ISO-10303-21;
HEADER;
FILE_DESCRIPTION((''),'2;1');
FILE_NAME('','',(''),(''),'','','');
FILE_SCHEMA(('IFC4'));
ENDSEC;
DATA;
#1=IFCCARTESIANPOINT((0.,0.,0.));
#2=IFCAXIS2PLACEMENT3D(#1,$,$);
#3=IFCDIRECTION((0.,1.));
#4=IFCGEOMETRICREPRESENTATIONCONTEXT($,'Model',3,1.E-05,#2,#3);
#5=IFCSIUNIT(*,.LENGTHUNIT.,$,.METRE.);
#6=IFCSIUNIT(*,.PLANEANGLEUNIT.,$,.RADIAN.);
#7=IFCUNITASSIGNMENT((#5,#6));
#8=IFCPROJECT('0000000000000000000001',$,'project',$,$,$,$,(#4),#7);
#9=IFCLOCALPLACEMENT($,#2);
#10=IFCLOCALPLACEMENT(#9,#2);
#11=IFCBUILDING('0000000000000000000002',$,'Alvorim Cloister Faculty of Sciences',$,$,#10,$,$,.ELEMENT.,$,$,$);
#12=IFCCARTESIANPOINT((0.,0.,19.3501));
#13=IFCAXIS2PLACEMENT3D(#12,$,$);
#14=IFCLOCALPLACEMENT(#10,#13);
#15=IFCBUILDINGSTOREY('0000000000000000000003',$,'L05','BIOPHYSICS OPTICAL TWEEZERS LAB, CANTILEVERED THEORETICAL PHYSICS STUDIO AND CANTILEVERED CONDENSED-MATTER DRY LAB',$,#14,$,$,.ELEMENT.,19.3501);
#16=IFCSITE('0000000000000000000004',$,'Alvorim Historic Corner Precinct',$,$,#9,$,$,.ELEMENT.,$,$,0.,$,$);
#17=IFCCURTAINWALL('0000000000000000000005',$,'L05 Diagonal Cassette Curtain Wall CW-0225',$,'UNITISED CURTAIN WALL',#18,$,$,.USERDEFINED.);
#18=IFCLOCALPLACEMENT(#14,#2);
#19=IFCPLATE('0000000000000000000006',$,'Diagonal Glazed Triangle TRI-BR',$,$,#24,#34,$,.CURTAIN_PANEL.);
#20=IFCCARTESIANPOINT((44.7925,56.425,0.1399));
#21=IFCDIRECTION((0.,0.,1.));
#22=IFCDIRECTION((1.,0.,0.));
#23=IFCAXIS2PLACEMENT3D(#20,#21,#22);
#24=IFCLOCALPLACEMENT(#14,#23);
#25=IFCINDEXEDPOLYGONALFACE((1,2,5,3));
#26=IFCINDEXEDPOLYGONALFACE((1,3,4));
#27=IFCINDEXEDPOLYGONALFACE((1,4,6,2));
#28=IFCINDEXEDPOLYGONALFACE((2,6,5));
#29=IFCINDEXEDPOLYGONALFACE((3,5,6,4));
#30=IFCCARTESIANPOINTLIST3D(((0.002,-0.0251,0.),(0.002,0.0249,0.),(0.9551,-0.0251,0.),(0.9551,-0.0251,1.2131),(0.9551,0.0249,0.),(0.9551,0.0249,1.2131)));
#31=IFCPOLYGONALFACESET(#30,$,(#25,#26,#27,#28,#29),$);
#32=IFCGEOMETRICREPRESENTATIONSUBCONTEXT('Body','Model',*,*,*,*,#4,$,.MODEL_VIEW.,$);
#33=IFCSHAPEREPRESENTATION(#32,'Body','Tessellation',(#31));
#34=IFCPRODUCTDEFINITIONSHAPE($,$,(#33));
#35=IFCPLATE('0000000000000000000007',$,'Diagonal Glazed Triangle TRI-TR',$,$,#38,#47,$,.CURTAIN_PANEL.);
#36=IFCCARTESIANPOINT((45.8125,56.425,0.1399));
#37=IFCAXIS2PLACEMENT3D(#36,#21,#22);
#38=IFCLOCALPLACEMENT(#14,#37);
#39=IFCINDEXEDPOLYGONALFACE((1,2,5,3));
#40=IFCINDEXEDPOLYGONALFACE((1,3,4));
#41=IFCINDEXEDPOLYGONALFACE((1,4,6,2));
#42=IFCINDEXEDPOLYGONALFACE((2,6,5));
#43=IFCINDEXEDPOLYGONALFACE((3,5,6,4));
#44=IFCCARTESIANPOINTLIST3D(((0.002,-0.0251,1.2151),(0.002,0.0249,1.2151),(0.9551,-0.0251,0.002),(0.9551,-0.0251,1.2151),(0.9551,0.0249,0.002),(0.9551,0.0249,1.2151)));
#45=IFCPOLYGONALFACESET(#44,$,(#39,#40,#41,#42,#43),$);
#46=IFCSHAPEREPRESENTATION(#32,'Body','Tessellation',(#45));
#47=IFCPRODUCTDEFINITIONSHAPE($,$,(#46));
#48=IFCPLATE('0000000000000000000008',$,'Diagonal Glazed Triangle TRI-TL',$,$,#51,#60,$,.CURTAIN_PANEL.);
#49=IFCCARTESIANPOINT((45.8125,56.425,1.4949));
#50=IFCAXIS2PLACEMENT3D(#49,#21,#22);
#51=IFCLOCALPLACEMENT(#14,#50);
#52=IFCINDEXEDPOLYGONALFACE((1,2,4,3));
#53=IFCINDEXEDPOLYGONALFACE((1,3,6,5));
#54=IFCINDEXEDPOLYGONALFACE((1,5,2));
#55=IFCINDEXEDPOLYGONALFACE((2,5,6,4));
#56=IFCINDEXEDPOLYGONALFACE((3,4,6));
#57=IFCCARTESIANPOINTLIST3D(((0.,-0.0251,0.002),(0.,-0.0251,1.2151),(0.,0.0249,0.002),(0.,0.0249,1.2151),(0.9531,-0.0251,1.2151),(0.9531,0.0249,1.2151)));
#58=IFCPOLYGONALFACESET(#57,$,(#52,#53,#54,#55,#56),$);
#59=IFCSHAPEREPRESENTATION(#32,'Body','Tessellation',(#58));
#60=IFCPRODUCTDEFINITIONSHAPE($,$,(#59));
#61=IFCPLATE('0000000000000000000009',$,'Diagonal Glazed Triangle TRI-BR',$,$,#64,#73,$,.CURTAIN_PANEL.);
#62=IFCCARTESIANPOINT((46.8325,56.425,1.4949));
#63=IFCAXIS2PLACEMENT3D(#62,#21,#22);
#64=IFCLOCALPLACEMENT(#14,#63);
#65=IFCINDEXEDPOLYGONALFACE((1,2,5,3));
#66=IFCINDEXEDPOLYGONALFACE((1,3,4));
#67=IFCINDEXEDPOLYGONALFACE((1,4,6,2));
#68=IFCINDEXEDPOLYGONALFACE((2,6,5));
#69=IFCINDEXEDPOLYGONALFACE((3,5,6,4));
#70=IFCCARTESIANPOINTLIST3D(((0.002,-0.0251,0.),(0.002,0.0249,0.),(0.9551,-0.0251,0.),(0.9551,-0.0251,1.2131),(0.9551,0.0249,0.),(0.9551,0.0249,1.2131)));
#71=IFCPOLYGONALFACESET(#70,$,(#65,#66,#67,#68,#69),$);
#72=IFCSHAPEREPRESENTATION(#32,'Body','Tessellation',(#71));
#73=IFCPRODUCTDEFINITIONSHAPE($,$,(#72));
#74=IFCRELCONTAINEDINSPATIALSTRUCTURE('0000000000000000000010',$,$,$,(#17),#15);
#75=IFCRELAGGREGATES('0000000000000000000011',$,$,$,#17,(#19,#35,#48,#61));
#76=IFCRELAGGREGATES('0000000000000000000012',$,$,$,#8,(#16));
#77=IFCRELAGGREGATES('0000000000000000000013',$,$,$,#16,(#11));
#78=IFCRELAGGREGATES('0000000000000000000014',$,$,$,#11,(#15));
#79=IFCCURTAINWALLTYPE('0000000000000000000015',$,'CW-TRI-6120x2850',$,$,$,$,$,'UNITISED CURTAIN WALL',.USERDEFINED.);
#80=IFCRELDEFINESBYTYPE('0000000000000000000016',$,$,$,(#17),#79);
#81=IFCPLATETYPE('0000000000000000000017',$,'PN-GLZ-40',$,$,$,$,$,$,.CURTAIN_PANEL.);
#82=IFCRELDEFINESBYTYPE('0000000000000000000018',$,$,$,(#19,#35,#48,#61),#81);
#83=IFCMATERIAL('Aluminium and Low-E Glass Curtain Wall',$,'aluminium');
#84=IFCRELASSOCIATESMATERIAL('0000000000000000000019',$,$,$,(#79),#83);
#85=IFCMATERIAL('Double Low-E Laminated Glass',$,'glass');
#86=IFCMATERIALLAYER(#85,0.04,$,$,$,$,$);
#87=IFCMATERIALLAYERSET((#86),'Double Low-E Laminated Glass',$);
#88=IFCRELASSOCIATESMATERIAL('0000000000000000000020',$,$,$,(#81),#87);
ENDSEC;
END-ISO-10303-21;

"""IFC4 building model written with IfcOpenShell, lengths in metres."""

from ifc_helpers import new_model, si_unit, direction, frame, origin, place, context, subcontext, project, spatial, polyline, outline, extrude, material, layer, layer_set, type_object, element, aggregate, save


model = new_model("IFC4")

# Units and contexts
model_context = context("Model", 3, precision=1e-05, world=origin(), true_north=direction((0.0, 1.0)))
body_context = subcontext(model_context, "Body", "Model", "MODEL_VIEW")
ifc_project = project(units=[si_unit("LENGTHUNIT", "METRE"), si_unit("PLANEANGLEUNIT", "RADIAN")], contexts=[model_context])

# Site, building, storey
site_placement = place(None, origin())
site = spatial("IfcSite", under=ifc_project, at=site_placement, Name="Alvorim Historic Corner Precinct", CompositionType="ELEMENT", RefElevation=0.0)
building_placement = place(site_placement, origin())
building = spatial("IfcBuilding", under=site, at=building_placement, Name="Alvorim Cloister Faculty of Sciences", CompositionType="ELEMENT")
storey_placement = place(building_placement, frame((0.0, 0.0, 19.3501)))
storey = spatial("IfcBuildingStorey", under=building, at=storey_placement, Name="L05", Description="BIOPHYSICS OPTICAL TWEEZERS LAB, CANTILEVERED THEORETICAL PHYSICS STUDIO AND CANTILEVERED CONDENSED-MATTER DRY LAB", CompositionType="ELEMENT", Elevation=19.3501)

# Curtain wall, plates
ifc_material_1 = material(Name="Aluminium and Low-E Glass Curtain Wall", Category="aluminium")
curtain_wall_type = type_object("IfcCurtainWallType", Name="CW-TRI-6120x2850", ElementType="UNITISED CURTAIN WALL", PredefinedType="USERDEFINED", material=ifc_material_1)
curtain_wall_placement = place(storey_placement, origin())
curtain_wall = element("IfcCurtainWall", 1, at=curtain_wall_placement, inside=storey, type_object=curtain_wall_type, Name="L05 Diagonal Cassette Curtain Wall CW-0225", ObjectType="UNITISED CURTAIN WALL", PredefinedType="USERDEFINED")
ifc_material_2 = material(Name="Double Low-E Laminated Glass", Category="glass")
ifc_layer = layer(ifc_material_2, 0.04)
ifc_layer_set = layer_set([ifc_layer], Name="Double Low-E Laminated Glass")
plate_type = type_object("IfcPlateType", Name="PN-GLZ-40", PredefinedType="CURTAIN_PANEL", material=ifc_layer_set)
plate_1_placement = place(storey_placement, frame((44.7925, 56.425, 0.1399), z_axis=(0.0, 0.0, 1.0), x_axis=(1.0, 0.0, 0.0)))
plate_1 = element("IfcPlate", 2, at=plate_1_placement, type_object=plate_type, Name="Diagonal Glazed Triangle TRI-BR", PredefinedType="CURTAIN_PANEL", context=body_context, shape_type="SweptSolid", body=[
    extrude(outline(polyline([(0.002, 0.0), (0.9551, 0.0), (0.9551, 1.2131), (0.002, 0.0)])), frame((0.0, 0.0249, 0.0), z_axis=(0.0, -1.0, 0.0), x_axis=(1.0, 0.0, 0.0)), (0.0, 0.0, 1.0), 0.05),
])
plate_2_placement = place(storey_placement, frame((45.8125, 56.425, 0.1399), z_axis=(0.0, 0.0, 1.0), x_axis=(1.0, 0.0, 0.0)))
plate_2 = element("IfcPlate", 3, at=plate_2_placement, type_object=plate_type, Name="Diagonal Glazed Triangle TRI-TR", PredefinedType="CURTAIN_PANEL", context=body_context, shape_type="SweptSolid", body=[
    extrude(outline(polyline([(0.9551, 0.002), (0.9551, 1.2151), (0.002, 1.2151), (0.9551, 0.002)])), frame((0.0, 0.0249, 0.0), z_axis=(0.0, -1.0, 0.0), x_axis=(1.0, 0.0, 0.0)), (0.0, 0.0, 1.0), 0.05),
])
plate_3_placement = place(storey_placement, frame((45.8125, 56.425, 1.4949), z_axis=(0.0, 0.0, 1.0), x_axis=(1.0, 0.0, 0.0)))
plate_3 = element("IfcPlate", 4, at=plate_3_placement, type_object=plate_type, Name="Diagonal Glazed Triangle TRI-TL", PredefinedType="CURTAIN_PANEL", context=body_context, shape_type="SweptSolid", body=[
    extrude(outline(polyline([(0.9531, 1.2151), (0.0, 1.2151), (0.0, 0.002), (0.9531, 1.2151)])), frame((0.0, 0.0249, 0.0), z_axis=(0.0, -1.0, 0.0), x_axis=(1.0, 0.0, 0.0)), (0.0, 0.0, 1.0), 0.05),
])
plate_4_placement = place(storey_placement, frame((46.8325, 56.425, 1.4949), z_axis=(0.0, 0.0, 1.0), x_axis=(1.0, 0.0, 0.0)))
plate_4 = element("IfcPlate", 5, at=plate_4_placement, type_object=plate_type, Name="Diagonal Glazed Triangle TRI-BR", PredefinedType="CURTAIN_PANEL", context=body_context, shape_type="SweptSolid", body=[
    extrude(outline(polyline([(0.002, 0.0), (0.9551, 0.0), (0.9551, 1.2131), (0.002, 0.0)])), frame((0.0, 0.0249, 0.0), z_axis=(0.0, -1.0, 0.0), x_axis=(1.0, 0.0, 0.0)), (0.0, 0.0, 1.0), 0.05),
])
aggregate(curtain_wall, [plate_1, plate_2, plate_3, plate_4])

save(model, "model.ifc")
